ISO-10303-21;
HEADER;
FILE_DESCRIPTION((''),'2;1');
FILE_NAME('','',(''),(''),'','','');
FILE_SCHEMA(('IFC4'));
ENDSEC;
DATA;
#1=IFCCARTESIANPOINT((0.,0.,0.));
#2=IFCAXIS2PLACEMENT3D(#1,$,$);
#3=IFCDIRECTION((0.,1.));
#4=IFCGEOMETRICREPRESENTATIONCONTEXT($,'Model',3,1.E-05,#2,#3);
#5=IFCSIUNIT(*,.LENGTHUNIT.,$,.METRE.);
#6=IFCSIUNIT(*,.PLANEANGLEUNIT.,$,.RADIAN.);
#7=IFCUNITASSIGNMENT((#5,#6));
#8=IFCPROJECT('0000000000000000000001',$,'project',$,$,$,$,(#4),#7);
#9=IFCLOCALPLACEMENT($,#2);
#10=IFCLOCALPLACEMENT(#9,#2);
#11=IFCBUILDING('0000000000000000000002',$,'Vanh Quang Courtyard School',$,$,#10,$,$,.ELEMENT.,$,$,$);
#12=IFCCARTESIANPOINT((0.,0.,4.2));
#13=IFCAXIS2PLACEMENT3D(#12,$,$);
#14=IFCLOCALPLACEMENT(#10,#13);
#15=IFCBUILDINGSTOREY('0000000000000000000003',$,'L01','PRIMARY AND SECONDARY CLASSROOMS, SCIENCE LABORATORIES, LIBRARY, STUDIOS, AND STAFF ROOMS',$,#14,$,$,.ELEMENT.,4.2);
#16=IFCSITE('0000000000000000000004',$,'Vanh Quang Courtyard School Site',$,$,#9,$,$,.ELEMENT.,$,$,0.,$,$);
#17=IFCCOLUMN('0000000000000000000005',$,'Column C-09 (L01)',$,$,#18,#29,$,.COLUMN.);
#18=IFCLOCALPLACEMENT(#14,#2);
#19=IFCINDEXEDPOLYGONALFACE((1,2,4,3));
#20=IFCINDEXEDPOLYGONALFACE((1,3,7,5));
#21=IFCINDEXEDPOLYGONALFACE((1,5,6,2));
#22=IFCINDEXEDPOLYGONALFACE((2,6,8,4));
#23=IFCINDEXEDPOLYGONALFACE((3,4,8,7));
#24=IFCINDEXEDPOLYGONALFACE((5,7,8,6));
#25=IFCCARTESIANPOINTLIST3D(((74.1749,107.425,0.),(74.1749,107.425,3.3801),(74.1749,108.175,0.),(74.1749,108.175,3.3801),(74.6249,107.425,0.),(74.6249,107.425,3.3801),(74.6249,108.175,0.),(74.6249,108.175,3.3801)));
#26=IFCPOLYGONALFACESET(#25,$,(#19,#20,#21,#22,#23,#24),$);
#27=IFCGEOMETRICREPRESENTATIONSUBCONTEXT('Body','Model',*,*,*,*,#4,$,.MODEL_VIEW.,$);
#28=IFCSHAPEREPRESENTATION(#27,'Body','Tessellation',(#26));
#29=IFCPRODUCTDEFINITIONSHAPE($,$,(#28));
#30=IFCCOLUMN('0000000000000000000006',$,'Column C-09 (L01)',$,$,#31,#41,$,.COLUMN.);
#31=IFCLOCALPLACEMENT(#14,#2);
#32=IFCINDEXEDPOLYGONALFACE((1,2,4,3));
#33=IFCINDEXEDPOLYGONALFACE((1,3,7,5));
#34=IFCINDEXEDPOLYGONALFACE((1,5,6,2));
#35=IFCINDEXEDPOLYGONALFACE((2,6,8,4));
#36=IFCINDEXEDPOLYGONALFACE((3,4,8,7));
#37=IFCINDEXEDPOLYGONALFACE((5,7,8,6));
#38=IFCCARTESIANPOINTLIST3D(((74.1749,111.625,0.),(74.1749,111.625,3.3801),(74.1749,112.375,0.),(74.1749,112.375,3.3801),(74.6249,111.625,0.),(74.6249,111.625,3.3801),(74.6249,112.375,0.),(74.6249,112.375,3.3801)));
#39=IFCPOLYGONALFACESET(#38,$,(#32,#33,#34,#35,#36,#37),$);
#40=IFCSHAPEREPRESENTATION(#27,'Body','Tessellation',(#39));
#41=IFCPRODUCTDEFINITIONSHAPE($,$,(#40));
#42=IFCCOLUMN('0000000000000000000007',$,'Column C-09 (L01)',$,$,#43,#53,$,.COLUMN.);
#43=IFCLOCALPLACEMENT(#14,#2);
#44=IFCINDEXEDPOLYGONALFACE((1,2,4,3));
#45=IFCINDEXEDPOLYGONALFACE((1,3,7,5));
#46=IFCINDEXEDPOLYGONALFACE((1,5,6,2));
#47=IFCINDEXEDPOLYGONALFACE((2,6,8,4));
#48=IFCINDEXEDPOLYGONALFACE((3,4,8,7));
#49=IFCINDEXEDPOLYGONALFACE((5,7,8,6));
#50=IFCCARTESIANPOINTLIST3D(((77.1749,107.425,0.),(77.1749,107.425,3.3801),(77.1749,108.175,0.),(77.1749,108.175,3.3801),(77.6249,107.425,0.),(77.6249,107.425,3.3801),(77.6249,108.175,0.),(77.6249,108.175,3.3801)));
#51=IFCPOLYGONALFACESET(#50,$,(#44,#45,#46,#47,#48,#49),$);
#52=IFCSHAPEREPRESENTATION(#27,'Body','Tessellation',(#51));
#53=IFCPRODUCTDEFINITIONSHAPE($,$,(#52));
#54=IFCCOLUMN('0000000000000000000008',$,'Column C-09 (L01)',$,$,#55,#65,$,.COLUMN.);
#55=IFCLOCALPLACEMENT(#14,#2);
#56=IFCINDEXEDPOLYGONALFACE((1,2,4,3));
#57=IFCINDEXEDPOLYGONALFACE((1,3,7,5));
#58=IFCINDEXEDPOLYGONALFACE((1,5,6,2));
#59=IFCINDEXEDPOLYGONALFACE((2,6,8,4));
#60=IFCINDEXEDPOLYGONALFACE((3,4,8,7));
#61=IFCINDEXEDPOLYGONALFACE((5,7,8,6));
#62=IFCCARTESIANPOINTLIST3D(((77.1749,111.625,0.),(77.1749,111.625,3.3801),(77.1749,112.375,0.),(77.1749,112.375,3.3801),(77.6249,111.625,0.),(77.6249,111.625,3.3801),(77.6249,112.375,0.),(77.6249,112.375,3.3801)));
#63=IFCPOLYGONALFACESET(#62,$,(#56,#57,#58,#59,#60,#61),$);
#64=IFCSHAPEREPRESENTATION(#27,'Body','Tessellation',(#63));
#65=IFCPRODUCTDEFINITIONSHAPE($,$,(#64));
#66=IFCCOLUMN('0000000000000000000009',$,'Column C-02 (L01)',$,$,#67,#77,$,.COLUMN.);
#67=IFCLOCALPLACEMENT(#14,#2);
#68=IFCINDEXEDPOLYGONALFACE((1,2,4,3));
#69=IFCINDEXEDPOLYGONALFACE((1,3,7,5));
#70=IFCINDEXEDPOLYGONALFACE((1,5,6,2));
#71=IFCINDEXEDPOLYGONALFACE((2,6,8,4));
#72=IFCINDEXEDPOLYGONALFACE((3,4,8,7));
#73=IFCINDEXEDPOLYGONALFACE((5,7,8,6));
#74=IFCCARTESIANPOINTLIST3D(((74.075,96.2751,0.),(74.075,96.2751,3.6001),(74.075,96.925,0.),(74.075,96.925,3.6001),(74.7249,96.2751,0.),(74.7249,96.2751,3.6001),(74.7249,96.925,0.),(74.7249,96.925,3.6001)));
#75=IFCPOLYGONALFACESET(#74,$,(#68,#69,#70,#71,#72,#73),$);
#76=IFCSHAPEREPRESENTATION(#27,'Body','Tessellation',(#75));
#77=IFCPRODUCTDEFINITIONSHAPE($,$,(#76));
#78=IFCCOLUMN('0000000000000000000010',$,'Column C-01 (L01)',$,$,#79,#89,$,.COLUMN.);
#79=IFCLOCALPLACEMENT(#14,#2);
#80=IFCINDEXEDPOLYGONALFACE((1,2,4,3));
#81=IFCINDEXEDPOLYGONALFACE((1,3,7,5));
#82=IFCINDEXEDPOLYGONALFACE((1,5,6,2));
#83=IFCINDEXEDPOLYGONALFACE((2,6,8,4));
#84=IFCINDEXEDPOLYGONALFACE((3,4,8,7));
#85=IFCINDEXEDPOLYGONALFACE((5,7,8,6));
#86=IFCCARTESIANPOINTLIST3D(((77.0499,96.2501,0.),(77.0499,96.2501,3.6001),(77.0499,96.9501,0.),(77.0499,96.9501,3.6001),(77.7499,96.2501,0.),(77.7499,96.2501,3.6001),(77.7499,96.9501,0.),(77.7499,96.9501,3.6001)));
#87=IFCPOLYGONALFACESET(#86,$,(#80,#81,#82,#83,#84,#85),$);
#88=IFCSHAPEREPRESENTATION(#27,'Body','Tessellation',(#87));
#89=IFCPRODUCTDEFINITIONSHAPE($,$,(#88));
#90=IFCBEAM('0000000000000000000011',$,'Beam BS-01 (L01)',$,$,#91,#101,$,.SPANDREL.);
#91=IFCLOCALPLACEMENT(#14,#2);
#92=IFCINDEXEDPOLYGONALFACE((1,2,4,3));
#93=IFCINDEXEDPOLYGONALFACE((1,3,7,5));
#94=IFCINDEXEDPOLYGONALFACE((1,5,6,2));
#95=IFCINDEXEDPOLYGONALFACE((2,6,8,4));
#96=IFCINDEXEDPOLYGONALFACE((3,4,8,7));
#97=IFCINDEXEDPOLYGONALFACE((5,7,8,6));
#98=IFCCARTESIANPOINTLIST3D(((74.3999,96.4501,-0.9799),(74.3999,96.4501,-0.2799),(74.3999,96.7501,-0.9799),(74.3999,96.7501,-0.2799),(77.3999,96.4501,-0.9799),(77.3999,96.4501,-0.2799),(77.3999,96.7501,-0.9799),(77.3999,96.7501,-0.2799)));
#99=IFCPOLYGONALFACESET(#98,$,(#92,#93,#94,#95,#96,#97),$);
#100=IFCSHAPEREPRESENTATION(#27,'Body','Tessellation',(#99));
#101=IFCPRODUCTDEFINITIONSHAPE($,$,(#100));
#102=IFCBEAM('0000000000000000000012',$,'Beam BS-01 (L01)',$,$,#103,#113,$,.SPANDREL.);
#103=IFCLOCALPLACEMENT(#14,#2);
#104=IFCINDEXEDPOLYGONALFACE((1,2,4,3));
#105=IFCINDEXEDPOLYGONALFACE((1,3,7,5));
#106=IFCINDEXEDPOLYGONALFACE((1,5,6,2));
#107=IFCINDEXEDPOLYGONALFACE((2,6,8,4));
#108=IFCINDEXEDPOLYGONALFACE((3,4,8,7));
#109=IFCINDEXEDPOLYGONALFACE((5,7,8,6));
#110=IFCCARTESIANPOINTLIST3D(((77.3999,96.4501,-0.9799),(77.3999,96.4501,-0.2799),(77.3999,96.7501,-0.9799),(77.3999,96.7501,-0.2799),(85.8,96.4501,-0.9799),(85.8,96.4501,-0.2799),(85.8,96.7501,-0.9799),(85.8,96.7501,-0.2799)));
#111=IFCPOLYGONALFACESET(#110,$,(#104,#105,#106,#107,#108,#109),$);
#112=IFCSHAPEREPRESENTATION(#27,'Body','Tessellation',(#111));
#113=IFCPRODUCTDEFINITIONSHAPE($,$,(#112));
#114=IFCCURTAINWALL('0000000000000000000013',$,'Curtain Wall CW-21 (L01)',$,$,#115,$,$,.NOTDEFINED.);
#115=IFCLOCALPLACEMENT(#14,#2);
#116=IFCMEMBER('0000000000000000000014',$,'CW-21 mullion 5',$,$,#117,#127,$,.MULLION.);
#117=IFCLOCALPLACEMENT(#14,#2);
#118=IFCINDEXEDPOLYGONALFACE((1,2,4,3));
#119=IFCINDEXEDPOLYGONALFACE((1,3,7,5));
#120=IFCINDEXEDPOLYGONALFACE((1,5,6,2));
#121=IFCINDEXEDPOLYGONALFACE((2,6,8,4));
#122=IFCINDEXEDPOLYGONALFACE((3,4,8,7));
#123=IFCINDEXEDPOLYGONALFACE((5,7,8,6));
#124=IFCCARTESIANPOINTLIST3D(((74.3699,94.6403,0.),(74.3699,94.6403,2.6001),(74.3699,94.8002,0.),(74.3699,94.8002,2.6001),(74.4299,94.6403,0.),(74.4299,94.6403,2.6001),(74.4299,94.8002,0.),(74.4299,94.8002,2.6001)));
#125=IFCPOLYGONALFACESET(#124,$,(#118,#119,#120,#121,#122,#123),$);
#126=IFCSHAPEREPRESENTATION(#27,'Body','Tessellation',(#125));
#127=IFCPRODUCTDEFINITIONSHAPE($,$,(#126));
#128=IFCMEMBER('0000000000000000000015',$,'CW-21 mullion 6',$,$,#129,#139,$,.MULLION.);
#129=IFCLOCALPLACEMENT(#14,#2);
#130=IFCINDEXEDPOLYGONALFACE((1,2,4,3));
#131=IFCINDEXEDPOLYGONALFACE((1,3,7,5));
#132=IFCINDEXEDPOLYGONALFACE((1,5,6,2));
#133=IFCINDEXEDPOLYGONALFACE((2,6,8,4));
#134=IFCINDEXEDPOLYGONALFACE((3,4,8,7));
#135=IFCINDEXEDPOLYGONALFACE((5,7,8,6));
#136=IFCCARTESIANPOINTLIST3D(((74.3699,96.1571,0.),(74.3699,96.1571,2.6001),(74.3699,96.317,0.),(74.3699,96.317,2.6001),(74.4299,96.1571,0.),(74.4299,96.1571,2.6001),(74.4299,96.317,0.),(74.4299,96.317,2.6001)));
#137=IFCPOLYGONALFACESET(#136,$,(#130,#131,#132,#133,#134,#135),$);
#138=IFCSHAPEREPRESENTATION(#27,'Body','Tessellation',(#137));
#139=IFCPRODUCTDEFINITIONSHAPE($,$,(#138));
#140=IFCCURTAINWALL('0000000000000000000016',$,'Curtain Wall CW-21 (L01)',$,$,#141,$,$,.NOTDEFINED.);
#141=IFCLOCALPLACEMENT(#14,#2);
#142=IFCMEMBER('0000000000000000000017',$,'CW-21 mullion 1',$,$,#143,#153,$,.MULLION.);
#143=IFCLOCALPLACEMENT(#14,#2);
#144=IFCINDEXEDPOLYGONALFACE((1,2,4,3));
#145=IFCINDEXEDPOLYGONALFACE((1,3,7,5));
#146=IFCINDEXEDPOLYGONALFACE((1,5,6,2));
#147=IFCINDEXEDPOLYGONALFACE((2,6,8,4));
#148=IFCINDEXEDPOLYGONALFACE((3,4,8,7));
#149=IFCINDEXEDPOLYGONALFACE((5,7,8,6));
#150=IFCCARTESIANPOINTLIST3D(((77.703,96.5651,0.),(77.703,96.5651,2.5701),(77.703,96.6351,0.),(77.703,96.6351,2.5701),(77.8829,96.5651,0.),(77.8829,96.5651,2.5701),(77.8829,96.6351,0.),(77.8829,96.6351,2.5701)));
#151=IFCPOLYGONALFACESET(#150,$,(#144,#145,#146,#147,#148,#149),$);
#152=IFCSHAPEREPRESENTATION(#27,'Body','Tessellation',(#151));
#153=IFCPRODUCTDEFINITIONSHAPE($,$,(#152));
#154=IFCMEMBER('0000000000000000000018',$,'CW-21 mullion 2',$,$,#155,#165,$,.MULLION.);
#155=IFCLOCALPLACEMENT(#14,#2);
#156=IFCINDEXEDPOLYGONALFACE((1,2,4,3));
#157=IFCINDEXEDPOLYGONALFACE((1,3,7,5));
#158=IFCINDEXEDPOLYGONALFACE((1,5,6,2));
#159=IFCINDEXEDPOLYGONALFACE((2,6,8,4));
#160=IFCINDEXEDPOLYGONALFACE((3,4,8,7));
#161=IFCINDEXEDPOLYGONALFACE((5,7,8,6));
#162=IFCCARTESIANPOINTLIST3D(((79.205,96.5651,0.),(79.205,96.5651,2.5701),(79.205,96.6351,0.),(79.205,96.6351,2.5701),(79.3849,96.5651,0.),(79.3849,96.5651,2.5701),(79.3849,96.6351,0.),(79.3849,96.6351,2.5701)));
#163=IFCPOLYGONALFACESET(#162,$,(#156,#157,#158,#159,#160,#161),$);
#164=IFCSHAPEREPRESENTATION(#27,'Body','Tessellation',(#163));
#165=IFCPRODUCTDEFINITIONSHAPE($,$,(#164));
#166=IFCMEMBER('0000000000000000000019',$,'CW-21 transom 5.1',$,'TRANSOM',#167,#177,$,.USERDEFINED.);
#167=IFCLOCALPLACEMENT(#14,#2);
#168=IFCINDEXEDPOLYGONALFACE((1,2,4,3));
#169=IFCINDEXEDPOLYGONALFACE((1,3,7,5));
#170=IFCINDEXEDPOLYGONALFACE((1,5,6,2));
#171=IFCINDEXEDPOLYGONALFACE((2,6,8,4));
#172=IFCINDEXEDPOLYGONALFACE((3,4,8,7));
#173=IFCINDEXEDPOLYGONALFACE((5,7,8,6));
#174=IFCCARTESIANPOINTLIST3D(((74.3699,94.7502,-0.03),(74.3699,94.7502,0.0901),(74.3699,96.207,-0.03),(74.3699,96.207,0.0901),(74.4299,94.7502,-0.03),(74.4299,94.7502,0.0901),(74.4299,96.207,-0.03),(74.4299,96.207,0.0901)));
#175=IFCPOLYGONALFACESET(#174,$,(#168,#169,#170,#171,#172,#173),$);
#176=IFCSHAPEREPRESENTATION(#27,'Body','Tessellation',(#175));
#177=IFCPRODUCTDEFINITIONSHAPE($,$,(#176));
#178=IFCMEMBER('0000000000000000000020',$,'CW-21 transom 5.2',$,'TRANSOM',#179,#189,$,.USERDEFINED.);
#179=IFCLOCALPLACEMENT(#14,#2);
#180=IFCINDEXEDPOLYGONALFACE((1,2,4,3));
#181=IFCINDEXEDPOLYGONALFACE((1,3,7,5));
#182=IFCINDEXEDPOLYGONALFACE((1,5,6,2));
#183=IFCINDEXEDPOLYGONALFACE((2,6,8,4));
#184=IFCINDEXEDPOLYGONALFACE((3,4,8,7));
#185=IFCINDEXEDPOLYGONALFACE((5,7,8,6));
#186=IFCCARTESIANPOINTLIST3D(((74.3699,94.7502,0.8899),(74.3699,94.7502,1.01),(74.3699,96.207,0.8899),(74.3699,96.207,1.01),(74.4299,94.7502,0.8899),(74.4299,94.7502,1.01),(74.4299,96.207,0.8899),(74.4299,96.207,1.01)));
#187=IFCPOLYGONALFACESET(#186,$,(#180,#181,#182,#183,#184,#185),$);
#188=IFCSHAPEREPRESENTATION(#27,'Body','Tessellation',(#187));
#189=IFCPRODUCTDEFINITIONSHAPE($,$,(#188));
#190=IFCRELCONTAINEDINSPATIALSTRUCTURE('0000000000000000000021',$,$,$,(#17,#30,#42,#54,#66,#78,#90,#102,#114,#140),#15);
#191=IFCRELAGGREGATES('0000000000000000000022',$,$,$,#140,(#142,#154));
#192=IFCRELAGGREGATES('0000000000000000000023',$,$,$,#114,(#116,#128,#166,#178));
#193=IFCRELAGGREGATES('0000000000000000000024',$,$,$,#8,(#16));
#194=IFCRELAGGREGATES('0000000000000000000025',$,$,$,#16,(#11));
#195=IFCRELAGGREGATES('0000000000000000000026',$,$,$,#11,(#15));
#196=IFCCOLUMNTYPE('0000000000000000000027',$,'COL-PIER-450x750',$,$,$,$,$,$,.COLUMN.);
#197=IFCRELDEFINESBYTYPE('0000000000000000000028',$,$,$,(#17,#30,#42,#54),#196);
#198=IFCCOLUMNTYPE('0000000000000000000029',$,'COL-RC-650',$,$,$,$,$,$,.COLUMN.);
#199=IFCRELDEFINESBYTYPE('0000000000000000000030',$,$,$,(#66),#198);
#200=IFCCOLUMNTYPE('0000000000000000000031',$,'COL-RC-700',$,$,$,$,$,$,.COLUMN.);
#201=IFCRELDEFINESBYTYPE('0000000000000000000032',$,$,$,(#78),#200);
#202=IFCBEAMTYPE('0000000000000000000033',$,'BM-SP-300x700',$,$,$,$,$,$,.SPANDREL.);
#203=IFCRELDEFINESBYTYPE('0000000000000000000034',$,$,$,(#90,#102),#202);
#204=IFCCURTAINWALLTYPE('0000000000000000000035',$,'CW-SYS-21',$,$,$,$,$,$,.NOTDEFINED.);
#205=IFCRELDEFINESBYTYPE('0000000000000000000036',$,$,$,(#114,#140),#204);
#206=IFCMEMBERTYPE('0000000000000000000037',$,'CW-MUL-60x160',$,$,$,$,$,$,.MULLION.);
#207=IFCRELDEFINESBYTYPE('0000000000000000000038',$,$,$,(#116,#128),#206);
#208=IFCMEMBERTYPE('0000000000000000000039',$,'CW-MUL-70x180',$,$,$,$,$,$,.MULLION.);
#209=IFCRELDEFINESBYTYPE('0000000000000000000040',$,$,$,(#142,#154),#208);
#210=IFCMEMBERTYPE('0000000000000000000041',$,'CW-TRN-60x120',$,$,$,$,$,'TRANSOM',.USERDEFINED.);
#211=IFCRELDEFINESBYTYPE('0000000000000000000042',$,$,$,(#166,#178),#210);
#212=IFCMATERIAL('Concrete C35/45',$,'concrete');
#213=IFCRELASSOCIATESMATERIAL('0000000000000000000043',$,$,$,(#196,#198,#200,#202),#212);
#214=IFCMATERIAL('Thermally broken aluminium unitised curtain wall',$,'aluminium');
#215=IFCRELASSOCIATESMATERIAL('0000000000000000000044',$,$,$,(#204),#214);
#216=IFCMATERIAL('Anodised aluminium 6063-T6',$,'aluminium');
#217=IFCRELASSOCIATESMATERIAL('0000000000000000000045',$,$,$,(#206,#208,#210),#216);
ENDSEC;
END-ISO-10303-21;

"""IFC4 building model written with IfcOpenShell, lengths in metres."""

from ifc_helpers import new_model, si_unit, direction, frame, origin, origin_2d, place, context, subcontext, project, spatial, rectangle, extrude, material, material_profile, profile_set, type_object, element, aggregate, save


model = new_model("IFC4")

# Units and contexts
model_context = context("Model", 3, precision=1e-05, world=origin(), true_north=direction((0.0, 1.0)))
body_context = subcontext(model_context, "Body", "Model", "MODEL_VIEW")
ifc_project = project(units=[si_unit("LENGTHUNIT", "METRE"), si_unit("PLANEANGLEUNIT", "RADIAN")], contexts=[model_context])

# Site, building, storey
site_placement = place(None, origin())
site = spatial("IfcSite", under=ifc_project, at=site_placement, Name="Vanh Quang Courtyard School Site", CompositionType="ELEMENT", RefElevation=0.0)
building_placement = place(site_placement, origin())
building = spatial("IfcBuilding", under=site, at=building_placement, Name="Vanh Quang Courtyard School", CompositionType="ELEMENT")
storey_placement = place(building_placement, frame((0.0, 0.0, 4.2)))
storey = spatial("IfcBuildingStorey", under=building, at=storey_placement, Name="L01", Description="PRIMARY AND SECONDARY CLASSROOMS, SCIENCE LABORATORIES, LIBRARY, STUDIOS, AND STAFF ROOMS", CompositionType="ELEMENT", Elevation=4.2)

# Columns
ifc_material_1 = material(Name="Concrete C35/45", Category="concrete")
ifc_material_profile_1 = material_profile(ifc_material_1, rectangle(XDim=0.45, YDim=0.75, at=origin_2d()), Name="RC-PIER 450x750")
ifc_profile_set_1 = profile_set([ifc_material_profile_1], Name="Concrete C35/45")
column_type_1 = type_object("IfcColumnType", Name="COL-PIER-450x750", PredefinedType="COLUMN", material=ifc_profile_set_1)
for number, where, z_axis, x_axis, name in (
    (1, (74.3999, 107.8, 0.0), (0.0, 0.0, 1.0), (1.0, 0.0, 0.0), "Column C-09 (L01)"),
    (2, (74.3999, 112.0, 0.0), (0.0, 0.0, 1.0), (1.0, 0.0, 0.0), "Column C-09 (L01)"),
    (3, (77.3999, 107.8, 0.0), (0.0, 0.0, 1.0), (1.0, 0.0, 0.0), "Column C-09 (L01)"),
    (4, (77.3999, 112.0, 0.0), (0.0, 0.0, 1.0), (1.0, 0.0, 0.0), "Column C-09 (L01)"),
):
    element("IfcColumn", number, at=place(storey_placement, frame(where, z_axis=z_axis, x_axis=x_axis)), inside=storey, type_object=column_type_1, Name=name, PredefinedType="COLUMN", context=body_context, shape_type="SweptSolid", body=[
        extrude(rectangle(XDim=0.45, YDim=0.75, at=origin_2d()), origin(), (0.0, 0.0, 1.0), 3.3801),
    ])
ifc_material_profile_2 = material_profile(ifc_material_1, rectangle(XDim=0.6499, YDim=0.6499, at=origin_2d()), Name="RC-COL 650x650")
ifc_profile_set_2 = profile_set([ifc_material_profile_2], Name="Concrete C35/45")
column_type_2 = type_object("IfcColumnType", Name="COL-RC-650", PredefinedType="COLUMN", material=ifc_profile_set_2)
column_1_placement = place(storey_placement, frame((74.3999, 96.6001, 0.0), z_axis=(0.0, 0.0, 1.0), x_axis=(1.0, 0.0, 0.0)))
element("IfcColumn", 5, at=column_1_placement, inside=storey, type_object=column_type_2, Name="Column C-02 (L01)", PredefinedType="COLUMN", context=body_context, shape_type="SweptSolid", body=[
    extrude(rectangle(XDim=0.6499, YDim=0.6499, at=origin_2d()), origin(), (0.0, 0.0, 1.0), 3.6001),
])
ifc_material_profile_3 = material_profile(ifc_material_1, rectangle(XDim=0.7, YDim=0.7, at=origin_2d()), Name="RC-COL 700x700")
ifc_profile_set_3 = profile_set([ifc_material_profile_3], Name="Concrete C35/45")
column_type_3 = type_object("IfcColumnType", Name="COL-RC-700", PredefinedType="COLUMN", material=ifc_profile_set_3)
column_2_placement = place(storey_placement, frame((77.3999, 96.6001, 0.0), z_axis=(0.0, 0.0, 1.0), x_axis=(1.0, 0.0, 0.0)))
element("IfcColumn", 6, at=column_2_placement, inside=storey, type_object=column_type_3, Name="Column C-01 (L01)", PredefinedType="COLUMN", context=body_context, shape_type="SweptSolid", body=[
    extrude(rectangle(XDim=0.7, YDim=0.7, at=origin_2d()), origin(), (0.0, 0.0, 1.0), 3.6001),
])

# Beams
ifc_material_profile_4 = material_profile(ifc_material_1, rectangle(XDim=0.3, YDim=0.7, at=origin_2d()), Name="RC-SP 300x700")
ifc_profile_set_4 = profile_set([ifc_material_profile_4], Name="Concrete C35/45")
beam_type = type_object("IfcBeamType", Name="BM-SP-300x700", PredefinedType="SPANDREL", material=ifc_profile_set_4)
beam_1_placement = place(storey_placement, frame((74.3999, 96.6001, -0.6299), z_axis=(1.0, 0.0, 0.0), x_axis=(0.0, 1.0, 0.0)))
element("IfcBeam", 7, at=beam_1_placement, inside=storey, type_object=beam_type, Name="Beam BS-01 (L01)", PredefinedType="SPANDREL", context=body_context, shape_type="SweptSolid", body=[
    extrude(rectangle(XDim=0.3, YDim=0.7, at=origin_2d()), origin(), (0.0, 0.0, 1.0), 3.0),
])
beam_2_placement = place(storey_placement, frame((77.3999, 96.6001, -0.6299), z_axis=(1.0, 0.0, 0.0), x_axis=(0.0, 1.0, 0.0)))
element("IfcBeam", 8, at=beam_2_placement, inside=storey, type_object=beam_type, Name="Beam BS-01 (L01)", PredefinedType="SPANDREL", context=body_context, shape_type="SweptSolid", body=[
    extrude(rectangle(XDim=0.3, YDim=0.7, at=origin_2d()), origin(), (0.0, 0.0, 1.0), 8.4001),
])

# Curtain walls, members
ifc_material_2 = material(Name="Thermally broken aluminium unitised curtain wall", Category="aluminium")
curtain_wall_type = type_object("IfcCurtainWallType", Name="CW-SYS-21", PredefinedType="NOTDEFINED", material=ifc_material_2)
curtain_wall_1_placement = place(storey_placement, origin())
curtain_wall_1 = element("IfcCurtainWall", 9, at=curtain_wall_1_placement, inside=storey, type_object=curtain_wall_type, Name="Curtain Wall CW-21 (L01)", PredefinedType="NOTDEFINED")
ifc_material_3 = material(Name="Anodised aluminium 6063-T6", Category="aluminium")
ifc_material_profile_5 = material_profile(ifc_material_3, rectangle(XDim=0.0601, YDim=0.1599, at=origin_2d()), Name="ALU-MUL 60x160")
ifc_profile_set_5 = profile_set([ifc_material_profile_5], Name="Anodised aluminium 6063-T6")
member_type_1 = type_object("IfcMemberType", Name="CW-MUL-60x160", PredefinedType="MULLION", material=ifc_profile_set_5)
member_1_placement = place(storey_placement, frame((74.3999, 94.7202, 0.0), z_axis=(0.0, 0.0, 1.0), x_axis=(-1.0, 0.0, 0.0)))
member_1 = element("IfcMember", 10, at=member_1_placement, type_object=member_type_1, Name="CW-21 mullion 5", PredefinedType="MULLION", context=body_context, shape_type="SweptSolid", body=[
    extrude(rectangle(XDim=0.0601, YDim=0.1599, at=origin_2d()), origin(), (0.0, 0.0, 1.0), 2.6001),
])
member_2_placement = place(storey_placement, frame((74.3999, 96.2371, 0.0), z_axis=(0.0, 0.0, 1.0), x_axis=(-1.0, 0.0, 0.0)))
member_2 = element("IfcMember", 11, at=member_2_placement, type_object=member_type_1, Name="CW-21 mullion 6", PredefinedType="MULLION", context=body_context, shape_type="SweptSolid", body=[
    extrude(rectangle(XDim=0.0601, YDim=0.1599, at=origin_2d()), origin(), (0.0, 0.0, 1.0), 2.6001),
])
curtain_wall_2_placement = place(storey_placement, origin())
curtain_wall_2 = element("IfcCurtainWall", 12, at=curtain_wall_2_placement, inside=storey, type_object=curtain_wall_type, Name="Curtain Wall CW-21 (L01)", PredefinedType="NOTDEFINED")
ifc_material_profile_6 = material_profile(ifc_material_3, rectangle(XDim=0.0701, YDim=0.1799, at=origin_2d()), Name="ALU-MUL 70x180")
ifc_profile_set_6 = profile_set([ifc_material_profile_6], Name="Anodised aluminium 6063-T6")
member_type_2 = type_object("IfcMemberType", Name="CW-MUL-70x180", PredefinedType="MULLION", material=ifc_profile_set_6)
member_3_placement = place(storey_placement, frame((77.793, 96.6001, 0.0), z_axis=(0.0, 0.0, 1.0), x_axis=(0.0, 1.0, 0.0)))
member_3 = element("IfcMember", 13, at=member_3_placement, type_object=member_type_2, Name="CW-21 mullion 1", PredefinedType="MULLION", context=body_context, shape_type="SweptSolid", body=[
    extrude(rectangle(XDim=0.0701, YDim=0.1799, at=origin_2d()), origin(), (0.0, 0.0, 1.0), 2.5701),
])
member_4_placement = place(storey_placement, frame((79.2949, 96.6001, 0.0), z_axis=(0.0, 0.0, 1.0), x_axis=(0.0, 1.0, 0.0)))
member_4 = element("IfcMember", 14, at=member_4_placement, type_object=member_type_2, Name="CW-21 mullion 2", PredefinedType="MULLION", context=body_context, shape_type="SweptSolid", body=[
    extrude(rectangle(XDim=0.0701, YDim=0.1799, at=origin_2d()), origin(), (0.0, 0.0, 1.0), 2.5701),
])

# Members
ifc_material_profile_7 = material_profile(ifc_material_3, rectangle(XDim=0.0601, YDim=0.1201, at=origin_2d()), Name="ALU-TRN 60x120")
ifc_profile_set_7 = profile_set([ifc_material_profile_7], Name="Anodised aluminium 6063-T6")
member_type_3 = type_object("IfcMemberType", Name="CW-TRN-60x120", ElementType="TRANSOM", PredefinedType="USERDEFINED", material=ifc_profile_set_7)
member_5_placement = place(storey_placement, frame((74.3999, 94.7502, 0.03), z_axis=(0.0, 1.0, 0.0), x_axis=(-1.0, 0.0, 0.0)))
member_5 = element("IfcMember", 15, at=member_5_placement, type_object=member_type_3, Name="CW-21 transom 5.1", ObjectType="TRANSOM", PredefinedType="USERDEFINED", context=body_context, shape_type="SweptSolid", body=[
    extrude(rectangle(XDim=0.0601, YDim=0.1201, at=origin_2d()), origin(), (0.0, 0.0, 1.0), 1.4568),
])
member_6_placement = place(storey_placement, frame((74.3999, 94.7502, 0.95), z_axis=(0.0, 1.0, 0.0), x_axis=(-1.0, 0.0, 0.0)))
member_6 = element("IfcMember", 16, at=member_6_placement, type_object=member_type_3, Name="CW-21 transom 5.2", ObjectType="TRANSOM", PredefinedType="USERDEFINED", context=body_context, shape_type="SweptSolid", body=[
    extrude(rectangle(XDim=0.0601, YDim=0.1201, at=origin_2d()), origin(), (0.0, 0.0, 1.0), 1.4568),
])

aggregate(curtain_wall_2, [member_3, member_4])
aggregate(curtain_wall_1, [member_1, member_2, member_5, member_6])

save(model, "model.ifc")
